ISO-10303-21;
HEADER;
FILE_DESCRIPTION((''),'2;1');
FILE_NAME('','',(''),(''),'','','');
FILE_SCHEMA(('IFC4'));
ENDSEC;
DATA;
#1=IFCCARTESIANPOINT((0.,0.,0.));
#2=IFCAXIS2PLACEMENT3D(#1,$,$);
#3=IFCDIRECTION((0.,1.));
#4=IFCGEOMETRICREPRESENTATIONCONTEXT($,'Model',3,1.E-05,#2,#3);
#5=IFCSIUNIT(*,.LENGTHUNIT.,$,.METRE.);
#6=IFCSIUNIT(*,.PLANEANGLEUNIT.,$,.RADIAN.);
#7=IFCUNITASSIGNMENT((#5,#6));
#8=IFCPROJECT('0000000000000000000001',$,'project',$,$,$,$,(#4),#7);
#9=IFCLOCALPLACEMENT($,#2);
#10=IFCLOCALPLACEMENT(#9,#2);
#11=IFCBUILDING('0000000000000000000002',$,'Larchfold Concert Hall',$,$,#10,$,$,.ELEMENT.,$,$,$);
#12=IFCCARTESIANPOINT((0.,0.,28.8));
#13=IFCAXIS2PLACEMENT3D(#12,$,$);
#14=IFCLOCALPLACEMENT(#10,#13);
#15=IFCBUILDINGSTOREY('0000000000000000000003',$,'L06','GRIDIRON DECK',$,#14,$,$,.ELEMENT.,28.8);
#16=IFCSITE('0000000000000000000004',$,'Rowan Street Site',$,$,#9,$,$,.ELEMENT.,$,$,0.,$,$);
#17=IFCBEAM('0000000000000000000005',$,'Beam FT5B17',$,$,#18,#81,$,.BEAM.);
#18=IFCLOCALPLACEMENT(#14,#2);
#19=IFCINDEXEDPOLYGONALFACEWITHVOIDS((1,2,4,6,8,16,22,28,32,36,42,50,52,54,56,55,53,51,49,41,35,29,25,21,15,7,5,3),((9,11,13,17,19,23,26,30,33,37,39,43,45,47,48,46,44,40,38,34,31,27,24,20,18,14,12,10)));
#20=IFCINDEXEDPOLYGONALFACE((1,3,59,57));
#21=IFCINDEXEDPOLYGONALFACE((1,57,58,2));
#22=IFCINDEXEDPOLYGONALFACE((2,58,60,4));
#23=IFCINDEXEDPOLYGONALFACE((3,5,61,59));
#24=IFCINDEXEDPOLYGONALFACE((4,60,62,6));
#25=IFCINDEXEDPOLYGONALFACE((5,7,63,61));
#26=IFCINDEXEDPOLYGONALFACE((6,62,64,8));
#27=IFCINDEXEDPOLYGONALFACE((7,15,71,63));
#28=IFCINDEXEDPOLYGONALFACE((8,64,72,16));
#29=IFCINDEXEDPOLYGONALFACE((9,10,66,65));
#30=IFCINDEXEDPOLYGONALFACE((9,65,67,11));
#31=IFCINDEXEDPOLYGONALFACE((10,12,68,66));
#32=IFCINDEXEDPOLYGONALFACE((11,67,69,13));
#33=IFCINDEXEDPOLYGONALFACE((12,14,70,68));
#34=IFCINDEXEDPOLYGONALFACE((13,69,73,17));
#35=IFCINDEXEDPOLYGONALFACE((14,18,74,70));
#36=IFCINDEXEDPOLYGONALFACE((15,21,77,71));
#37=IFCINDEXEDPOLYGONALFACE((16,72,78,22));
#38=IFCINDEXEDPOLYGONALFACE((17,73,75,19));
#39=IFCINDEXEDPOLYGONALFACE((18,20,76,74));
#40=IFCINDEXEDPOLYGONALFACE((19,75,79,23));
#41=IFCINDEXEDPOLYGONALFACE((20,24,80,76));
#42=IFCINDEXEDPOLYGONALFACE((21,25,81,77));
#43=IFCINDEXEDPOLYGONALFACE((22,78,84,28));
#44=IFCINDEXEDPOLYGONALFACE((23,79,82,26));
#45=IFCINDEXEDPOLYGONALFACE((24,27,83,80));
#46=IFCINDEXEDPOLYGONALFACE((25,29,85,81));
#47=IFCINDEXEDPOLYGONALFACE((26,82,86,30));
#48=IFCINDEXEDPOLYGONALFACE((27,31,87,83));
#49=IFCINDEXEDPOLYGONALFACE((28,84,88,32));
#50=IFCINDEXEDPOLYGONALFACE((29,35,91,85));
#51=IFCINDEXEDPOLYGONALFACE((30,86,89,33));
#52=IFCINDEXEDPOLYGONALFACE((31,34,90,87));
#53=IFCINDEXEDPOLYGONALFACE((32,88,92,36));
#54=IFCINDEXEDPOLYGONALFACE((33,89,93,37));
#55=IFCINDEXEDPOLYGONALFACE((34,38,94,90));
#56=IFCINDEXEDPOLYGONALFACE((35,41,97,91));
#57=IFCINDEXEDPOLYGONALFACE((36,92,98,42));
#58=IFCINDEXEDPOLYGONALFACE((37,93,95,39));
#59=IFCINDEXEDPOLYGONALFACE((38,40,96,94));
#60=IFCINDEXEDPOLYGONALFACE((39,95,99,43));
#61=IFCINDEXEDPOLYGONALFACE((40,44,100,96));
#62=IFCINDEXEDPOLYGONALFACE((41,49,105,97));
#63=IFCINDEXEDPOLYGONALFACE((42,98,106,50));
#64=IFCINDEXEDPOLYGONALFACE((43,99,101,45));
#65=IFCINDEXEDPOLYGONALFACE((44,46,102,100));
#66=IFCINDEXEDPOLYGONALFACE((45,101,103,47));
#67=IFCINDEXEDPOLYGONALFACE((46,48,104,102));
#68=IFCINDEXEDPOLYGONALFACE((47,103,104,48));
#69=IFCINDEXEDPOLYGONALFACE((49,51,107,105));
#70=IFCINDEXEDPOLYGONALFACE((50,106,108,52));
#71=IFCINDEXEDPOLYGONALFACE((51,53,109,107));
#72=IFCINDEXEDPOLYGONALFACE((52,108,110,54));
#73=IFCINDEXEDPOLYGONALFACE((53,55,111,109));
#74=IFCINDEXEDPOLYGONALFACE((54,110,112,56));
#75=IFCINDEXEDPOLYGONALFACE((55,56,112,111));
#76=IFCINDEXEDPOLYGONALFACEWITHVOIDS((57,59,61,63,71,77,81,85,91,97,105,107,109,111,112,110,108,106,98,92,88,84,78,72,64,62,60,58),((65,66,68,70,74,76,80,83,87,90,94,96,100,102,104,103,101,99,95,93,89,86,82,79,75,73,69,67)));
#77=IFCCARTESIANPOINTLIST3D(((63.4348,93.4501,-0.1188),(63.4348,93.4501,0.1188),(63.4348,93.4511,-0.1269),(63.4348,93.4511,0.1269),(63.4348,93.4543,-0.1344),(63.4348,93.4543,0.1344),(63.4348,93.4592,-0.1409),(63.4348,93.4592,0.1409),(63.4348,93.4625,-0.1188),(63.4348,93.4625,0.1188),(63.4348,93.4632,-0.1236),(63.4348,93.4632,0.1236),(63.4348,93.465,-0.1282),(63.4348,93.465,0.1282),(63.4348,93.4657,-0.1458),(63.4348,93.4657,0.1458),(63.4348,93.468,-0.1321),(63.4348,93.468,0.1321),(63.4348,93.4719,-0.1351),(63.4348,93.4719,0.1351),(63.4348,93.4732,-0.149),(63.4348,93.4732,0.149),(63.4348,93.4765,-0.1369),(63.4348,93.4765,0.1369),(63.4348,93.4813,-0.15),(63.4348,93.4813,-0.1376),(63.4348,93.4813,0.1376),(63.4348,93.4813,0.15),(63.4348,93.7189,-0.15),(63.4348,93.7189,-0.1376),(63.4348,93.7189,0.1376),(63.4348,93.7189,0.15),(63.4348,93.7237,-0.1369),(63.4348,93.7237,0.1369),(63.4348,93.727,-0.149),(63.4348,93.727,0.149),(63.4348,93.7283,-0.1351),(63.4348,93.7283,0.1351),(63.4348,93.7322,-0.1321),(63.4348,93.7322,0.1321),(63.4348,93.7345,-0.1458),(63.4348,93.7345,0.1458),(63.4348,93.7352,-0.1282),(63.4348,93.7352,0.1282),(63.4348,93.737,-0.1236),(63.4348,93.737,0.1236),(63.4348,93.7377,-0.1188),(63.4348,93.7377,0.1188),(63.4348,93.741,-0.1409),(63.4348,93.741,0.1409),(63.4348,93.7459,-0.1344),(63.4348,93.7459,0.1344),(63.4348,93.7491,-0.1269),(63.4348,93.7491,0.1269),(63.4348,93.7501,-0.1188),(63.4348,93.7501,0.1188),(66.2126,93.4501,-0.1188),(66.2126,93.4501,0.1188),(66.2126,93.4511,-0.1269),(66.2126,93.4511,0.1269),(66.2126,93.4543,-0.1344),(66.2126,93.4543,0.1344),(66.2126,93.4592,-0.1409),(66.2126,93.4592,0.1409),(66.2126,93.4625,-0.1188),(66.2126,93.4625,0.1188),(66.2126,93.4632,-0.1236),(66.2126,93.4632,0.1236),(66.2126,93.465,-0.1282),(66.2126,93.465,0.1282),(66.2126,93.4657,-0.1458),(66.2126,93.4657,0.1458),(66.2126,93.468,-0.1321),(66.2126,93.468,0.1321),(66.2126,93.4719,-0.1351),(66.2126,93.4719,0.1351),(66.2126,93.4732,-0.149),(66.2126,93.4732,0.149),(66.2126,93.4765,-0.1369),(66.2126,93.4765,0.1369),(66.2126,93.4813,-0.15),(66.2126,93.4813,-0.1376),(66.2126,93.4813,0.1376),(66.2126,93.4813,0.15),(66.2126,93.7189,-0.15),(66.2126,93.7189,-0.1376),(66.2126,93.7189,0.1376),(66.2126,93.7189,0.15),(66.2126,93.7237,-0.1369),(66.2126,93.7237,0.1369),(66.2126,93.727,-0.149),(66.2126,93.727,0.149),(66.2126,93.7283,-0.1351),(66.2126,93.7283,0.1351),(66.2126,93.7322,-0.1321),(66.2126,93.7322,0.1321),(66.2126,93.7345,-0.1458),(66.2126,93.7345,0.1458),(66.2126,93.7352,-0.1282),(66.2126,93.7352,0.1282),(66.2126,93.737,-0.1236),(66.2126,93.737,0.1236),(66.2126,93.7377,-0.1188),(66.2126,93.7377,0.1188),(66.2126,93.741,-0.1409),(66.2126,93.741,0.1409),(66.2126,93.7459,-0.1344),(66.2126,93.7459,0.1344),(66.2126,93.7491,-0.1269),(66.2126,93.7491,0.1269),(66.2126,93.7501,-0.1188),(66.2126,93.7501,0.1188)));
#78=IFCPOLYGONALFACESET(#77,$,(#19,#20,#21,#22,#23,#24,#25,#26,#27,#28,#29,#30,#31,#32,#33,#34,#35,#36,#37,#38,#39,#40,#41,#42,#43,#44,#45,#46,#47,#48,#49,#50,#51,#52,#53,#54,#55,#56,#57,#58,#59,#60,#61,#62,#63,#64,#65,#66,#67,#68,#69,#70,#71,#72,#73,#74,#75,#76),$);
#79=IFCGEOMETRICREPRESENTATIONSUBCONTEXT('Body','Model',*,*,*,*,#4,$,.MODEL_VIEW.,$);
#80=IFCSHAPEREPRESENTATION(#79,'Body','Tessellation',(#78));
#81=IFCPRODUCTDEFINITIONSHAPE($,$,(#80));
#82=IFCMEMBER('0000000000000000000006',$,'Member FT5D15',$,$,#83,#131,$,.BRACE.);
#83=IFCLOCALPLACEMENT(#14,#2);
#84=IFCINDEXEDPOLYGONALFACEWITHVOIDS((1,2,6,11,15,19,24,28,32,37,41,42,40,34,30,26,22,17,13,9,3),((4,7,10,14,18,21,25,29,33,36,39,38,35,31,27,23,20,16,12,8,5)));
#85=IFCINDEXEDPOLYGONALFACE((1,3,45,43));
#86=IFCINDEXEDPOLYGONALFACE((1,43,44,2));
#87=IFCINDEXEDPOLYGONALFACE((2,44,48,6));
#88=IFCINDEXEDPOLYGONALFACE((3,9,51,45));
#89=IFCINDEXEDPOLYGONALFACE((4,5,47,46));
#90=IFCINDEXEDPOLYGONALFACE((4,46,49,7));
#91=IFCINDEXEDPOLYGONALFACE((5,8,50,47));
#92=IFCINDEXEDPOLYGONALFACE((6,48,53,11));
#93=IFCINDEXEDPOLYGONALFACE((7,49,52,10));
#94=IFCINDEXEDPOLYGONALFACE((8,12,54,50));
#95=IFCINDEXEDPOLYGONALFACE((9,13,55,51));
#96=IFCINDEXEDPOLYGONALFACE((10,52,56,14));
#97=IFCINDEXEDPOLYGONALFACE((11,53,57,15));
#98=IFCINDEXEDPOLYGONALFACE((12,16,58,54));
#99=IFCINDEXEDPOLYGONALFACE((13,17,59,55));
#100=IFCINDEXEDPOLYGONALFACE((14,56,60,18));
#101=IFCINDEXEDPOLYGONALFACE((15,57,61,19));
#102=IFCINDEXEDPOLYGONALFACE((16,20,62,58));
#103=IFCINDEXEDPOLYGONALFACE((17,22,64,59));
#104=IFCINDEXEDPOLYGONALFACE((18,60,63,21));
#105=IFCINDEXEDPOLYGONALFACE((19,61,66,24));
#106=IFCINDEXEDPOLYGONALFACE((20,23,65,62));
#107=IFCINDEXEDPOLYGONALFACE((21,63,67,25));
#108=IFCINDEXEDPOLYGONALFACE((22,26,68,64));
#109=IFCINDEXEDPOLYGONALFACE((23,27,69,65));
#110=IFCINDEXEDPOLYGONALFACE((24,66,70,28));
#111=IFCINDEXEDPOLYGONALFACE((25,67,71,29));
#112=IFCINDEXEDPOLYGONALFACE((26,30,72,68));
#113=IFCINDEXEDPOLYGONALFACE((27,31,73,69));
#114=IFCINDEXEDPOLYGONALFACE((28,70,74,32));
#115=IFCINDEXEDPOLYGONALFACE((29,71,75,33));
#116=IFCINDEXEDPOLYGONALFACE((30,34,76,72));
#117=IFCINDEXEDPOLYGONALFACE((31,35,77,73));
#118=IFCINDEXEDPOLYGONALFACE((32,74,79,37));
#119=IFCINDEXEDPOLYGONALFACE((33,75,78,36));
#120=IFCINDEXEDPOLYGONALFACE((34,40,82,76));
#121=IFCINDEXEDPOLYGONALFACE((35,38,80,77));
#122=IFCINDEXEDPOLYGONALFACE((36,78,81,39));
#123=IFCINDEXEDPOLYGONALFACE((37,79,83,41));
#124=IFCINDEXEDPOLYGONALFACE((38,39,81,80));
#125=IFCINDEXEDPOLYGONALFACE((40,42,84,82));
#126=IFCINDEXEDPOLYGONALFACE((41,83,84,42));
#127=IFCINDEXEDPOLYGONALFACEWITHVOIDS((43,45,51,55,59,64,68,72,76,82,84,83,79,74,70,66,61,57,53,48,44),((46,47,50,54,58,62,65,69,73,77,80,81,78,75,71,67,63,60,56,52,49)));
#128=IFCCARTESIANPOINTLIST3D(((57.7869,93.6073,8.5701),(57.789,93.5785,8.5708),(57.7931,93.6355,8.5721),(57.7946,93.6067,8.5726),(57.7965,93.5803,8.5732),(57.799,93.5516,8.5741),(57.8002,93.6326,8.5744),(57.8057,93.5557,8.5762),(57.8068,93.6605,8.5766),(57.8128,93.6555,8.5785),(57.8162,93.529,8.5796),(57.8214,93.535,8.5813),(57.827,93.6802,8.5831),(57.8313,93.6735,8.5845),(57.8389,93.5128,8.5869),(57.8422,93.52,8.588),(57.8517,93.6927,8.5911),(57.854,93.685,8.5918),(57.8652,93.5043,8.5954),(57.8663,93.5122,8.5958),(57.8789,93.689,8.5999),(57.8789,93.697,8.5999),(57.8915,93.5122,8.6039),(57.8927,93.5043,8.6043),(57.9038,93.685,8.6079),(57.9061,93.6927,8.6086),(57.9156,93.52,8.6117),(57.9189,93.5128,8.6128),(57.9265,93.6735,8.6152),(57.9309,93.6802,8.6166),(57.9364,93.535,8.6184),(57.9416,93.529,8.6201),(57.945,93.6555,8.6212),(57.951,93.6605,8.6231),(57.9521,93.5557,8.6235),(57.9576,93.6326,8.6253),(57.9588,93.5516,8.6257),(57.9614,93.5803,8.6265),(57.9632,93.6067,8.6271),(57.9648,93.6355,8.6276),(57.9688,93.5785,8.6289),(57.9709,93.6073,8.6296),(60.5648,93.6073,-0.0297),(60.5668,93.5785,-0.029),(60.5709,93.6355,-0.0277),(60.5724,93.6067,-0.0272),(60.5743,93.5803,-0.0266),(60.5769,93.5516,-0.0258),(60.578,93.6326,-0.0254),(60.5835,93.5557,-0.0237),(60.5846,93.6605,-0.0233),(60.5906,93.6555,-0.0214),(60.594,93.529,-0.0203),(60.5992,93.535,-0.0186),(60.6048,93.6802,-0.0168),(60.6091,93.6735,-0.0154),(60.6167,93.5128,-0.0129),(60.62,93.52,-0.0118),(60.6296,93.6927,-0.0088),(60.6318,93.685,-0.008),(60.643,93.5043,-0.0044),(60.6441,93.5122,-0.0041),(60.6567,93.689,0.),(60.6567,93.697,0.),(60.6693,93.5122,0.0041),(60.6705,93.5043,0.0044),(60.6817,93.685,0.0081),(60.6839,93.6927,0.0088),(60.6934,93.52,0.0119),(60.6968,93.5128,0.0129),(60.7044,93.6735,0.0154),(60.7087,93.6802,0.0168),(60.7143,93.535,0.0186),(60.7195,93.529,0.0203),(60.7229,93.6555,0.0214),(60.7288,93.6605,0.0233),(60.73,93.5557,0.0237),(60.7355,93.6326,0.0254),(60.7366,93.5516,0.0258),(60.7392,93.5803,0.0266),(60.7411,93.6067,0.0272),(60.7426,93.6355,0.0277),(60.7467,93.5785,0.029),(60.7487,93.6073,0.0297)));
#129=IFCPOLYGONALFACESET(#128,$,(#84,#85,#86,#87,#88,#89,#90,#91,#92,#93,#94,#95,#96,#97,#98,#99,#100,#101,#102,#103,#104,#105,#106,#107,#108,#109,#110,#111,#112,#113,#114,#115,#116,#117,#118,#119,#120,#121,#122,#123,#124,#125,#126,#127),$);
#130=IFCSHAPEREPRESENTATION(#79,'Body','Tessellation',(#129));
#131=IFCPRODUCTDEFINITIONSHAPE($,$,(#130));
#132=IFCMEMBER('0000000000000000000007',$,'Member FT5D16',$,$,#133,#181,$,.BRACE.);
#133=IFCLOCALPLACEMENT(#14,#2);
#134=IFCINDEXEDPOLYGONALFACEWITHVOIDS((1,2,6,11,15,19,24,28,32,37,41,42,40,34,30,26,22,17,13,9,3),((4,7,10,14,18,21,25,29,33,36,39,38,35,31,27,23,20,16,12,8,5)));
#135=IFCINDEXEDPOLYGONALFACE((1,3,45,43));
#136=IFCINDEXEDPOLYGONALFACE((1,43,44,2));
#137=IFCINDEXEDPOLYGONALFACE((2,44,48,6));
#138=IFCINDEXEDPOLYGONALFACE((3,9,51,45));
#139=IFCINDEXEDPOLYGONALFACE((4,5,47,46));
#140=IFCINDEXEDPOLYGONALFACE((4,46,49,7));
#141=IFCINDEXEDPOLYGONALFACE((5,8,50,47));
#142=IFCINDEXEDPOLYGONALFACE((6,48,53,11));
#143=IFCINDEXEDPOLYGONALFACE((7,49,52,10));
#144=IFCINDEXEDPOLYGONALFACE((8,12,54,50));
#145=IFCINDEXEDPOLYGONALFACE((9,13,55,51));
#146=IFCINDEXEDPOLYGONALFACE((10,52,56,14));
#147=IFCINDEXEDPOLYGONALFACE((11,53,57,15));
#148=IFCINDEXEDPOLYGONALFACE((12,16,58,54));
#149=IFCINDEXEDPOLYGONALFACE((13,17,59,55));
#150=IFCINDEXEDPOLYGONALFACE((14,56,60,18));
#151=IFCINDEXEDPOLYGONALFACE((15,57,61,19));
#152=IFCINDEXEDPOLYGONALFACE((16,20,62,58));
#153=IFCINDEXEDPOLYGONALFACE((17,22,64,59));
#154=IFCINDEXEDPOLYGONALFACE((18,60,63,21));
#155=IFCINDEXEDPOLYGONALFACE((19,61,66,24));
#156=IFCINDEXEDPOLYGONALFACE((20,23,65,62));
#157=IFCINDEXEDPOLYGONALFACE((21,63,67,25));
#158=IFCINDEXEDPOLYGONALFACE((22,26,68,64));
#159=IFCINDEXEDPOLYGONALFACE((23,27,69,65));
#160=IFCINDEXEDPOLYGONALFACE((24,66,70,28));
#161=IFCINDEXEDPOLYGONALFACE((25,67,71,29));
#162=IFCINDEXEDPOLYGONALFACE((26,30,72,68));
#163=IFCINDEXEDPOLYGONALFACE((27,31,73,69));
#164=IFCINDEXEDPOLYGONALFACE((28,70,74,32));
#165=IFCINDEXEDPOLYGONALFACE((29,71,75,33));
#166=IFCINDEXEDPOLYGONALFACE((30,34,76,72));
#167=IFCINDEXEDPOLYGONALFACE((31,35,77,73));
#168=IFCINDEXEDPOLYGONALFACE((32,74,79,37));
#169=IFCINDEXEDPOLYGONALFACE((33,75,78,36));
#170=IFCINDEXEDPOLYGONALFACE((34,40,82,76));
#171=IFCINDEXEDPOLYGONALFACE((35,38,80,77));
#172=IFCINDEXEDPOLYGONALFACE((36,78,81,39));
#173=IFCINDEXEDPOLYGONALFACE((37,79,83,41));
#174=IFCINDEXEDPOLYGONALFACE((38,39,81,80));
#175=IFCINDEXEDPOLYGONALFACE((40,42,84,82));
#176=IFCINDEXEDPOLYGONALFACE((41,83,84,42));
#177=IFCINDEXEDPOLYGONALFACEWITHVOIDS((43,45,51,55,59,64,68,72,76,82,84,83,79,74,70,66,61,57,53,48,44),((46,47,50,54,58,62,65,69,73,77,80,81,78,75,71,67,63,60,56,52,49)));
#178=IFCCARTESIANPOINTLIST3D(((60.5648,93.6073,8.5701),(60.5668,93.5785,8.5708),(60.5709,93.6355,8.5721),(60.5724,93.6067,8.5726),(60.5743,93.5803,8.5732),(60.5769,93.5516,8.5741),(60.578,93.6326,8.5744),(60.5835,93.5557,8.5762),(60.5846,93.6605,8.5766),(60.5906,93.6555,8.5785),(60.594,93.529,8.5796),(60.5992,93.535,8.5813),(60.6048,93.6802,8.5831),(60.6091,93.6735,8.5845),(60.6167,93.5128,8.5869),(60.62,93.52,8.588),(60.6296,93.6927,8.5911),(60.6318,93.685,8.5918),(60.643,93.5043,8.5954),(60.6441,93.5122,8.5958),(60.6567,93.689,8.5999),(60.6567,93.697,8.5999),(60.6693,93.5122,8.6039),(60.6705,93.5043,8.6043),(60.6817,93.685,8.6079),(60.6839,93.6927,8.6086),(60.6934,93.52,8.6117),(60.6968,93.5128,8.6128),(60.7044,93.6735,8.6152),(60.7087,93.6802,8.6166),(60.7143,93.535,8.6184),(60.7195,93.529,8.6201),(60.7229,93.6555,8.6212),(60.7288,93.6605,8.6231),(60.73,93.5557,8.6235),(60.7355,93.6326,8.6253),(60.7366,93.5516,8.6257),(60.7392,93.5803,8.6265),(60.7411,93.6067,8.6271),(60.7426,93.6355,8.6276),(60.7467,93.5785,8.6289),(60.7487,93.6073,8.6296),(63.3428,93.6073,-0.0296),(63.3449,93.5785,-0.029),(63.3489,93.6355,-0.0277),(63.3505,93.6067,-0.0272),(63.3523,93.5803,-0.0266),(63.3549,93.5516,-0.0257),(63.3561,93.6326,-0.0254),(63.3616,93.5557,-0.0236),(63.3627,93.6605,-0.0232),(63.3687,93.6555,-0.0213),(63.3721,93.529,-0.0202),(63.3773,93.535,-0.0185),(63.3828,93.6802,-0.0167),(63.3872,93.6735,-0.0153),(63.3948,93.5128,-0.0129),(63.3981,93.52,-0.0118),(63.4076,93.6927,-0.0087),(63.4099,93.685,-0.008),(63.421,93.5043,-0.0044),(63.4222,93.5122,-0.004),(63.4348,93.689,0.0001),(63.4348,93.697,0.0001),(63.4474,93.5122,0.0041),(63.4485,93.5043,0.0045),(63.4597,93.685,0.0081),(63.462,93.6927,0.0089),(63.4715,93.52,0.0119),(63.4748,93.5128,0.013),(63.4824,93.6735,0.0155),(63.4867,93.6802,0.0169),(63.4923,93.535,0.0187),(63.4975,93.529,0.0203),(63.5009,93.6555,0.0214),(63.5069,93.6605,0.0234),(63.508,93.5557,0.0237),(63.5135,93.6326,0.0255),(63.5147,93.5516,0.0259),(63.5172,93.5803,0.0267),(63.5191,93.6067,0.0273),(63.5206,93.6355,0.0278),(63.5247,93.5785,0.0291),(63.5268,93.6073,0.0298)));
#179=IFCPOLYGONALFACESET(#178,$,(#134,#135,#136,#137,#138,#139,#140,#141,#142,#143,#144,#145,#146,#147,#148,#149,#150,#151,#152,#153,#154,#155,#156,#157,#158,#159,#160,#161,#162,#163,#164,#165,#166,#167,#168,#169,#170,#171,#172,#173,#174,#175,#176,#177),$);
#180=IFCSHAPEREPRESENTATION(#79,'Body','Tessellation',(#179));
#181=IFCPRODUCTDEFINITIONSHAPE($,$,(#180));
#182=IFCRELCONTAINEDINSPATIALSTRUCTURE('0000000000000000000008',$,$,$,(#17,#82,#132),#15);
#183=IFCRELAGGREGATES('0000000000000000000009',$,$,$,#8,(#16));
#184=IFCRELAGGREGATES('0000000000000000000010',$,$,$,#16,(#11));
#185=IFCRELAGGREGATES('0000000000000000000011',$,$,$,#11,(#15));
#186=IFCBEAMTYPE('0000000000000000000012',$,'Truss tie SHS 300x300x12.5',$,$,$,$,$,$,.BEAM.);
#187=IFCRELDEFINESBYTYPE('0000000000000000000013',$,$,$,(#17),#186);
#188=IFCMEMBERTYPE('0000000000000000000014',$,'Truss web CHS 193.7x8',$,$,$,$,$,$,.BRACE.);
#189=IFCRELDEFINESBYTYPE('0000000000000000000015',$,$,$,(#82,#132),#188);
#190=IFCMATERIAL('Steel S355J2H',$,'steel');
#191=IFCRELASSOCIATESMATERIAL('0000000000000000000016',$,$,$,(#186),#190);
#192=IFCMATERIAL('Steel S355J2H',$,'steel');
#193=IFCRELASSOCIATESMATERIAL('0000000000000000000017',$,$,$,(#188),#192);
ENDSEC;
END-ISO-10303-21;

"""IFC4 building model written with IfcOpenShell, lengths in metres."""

from ifc_helpers import new_model, si_unit, direction, frame, origin, origin_2d, place, context, subcontext, project, spatial, hollow_rectangle, hollow_circle, extrude, material, material_profile, profile_set, type_object, element, save


model = new_model("IFC4")

# Units and contexts
model_context = context("Model", 3, precision=1e-05, world=origin(), true_north=direction((0.0, 1.0)))
body_context = subcontext(model_context, "Body", "Model", "MODEL_VIEW")
ifc_project = project(units=[si_unit("LENGTHUNIT", "METRE"), si_unit("PLANEANGLEUNIT", "RADIAN")], contexts=[model_context])

# Site, building, storey
site_placement = place(None, origin())
site = spatial("IfcSite", under=ifc_project, at=site_placement, Name="Rowan Street Site", CompositionType="ELEMENT", RefElevation=0.0)
building_placement = place(site_placement, origin())
building = spatial("IfcBuilding", under=site, at=building_placement, Name="Larchfold Concert Hall", CompositionType="ELEMENT")
storey_placement = place(building_placement, frame((0.0, 0.0, 28.8)))
storey = spatial("IfcBuildingStorey", under=building, at=storey_placement, Name="L06", Description="GRIDIRON DECK", CompositionType="ELEMENT", Elevation=28.8)

# Beam
ifc_material_1 = material(Name="Steel S355J2H", Category="steel")
ifc_material_profile_1 = material_profile(ifc_material_1, hollow_rectangle(XDim=0.3, YDim=0.3, WallThickness=0.0125, InnerFilletRadius=0.0188, OuterFilletRadius=0.0312, at=origin_2d()))
ifc_profile_set_1 = profile_set([ifc_material_profile_1], Name="Steel S355J2H")
beam_type_1 = type_object("IfcBeamType", Name="Truss tie SHS 300x300x12.5", PredefinedType="BEAM", material=ifc_profile_set_1)
beam_1_placement = place(storey_placement, frame((63.4348, 93.6001, 0.0), z_axis=(1.0, 0.0, 0.0), x_axis=(0.0, 1.0, 0.0)))
element("IfcBeam", 1, at=beam_1_placement, inside=storey, type_object=beam_type_1, Name="Beam FT5B17", PredefinedType="BEAM", context=body_context, shape_type="SweptSolid", body=[
    extrude(hollow_rectangle(XDim=0.3, YDim=0.3, WallThickness=0.0125, InnerFilletRadius=0.0188, OuterFilletRadius=0.0312, at=origin_2d()), origin(), (0.0, 0.0, 1.0), 2.7778),
])

# Members
ifc_material_2 = material(Name="Steel S355J2H", Category="steel")
ifc_material_profile_2 = material_profile(ifc_material_2, hollow_circle(Radius=0.0969, WallThickness=0.0081, at=origin_2d()))
ifc_profile_set_2 = profile_set([ifc_material_profile_2], Name="Steel S355J2H")
member_type_1 = type_object("IfcMemberType", Name="Truss web CHS 193.7x8", PredefinedType="BRACE", material=ifc_profile_set_2)
for number, where, z_axis, x_axis, name in (
    (2, (57.8789, 93.6001, 8.5999), (0.307372, 0.0, -0.951589), (0.0, 1.0, 0.0), "Member FT5D15"),
    (3, (60.6567, 93.6001, 8.5999), (0.307397, 0.0, -0.951581), (0.0, 1.0, 0.0), "Member FT5D16"),
):
    element("IfcMember", number, at=place(storey_placement, frame(where, z_axis=z_axis, x_axis=x_axis)), inside=storey, type_object=member_type_1, Name=name, PredefinedType="BRACE", context=body_context, shape_type="SweptSolid", body=[
        extrude(hollow_circle(Radius=0.0969, WallThickness=0.0081, at=origin_2d()), origin(), (0.0, 0.0, 1.0), 9.0374),
    ])

save(model, "model.ifc")
